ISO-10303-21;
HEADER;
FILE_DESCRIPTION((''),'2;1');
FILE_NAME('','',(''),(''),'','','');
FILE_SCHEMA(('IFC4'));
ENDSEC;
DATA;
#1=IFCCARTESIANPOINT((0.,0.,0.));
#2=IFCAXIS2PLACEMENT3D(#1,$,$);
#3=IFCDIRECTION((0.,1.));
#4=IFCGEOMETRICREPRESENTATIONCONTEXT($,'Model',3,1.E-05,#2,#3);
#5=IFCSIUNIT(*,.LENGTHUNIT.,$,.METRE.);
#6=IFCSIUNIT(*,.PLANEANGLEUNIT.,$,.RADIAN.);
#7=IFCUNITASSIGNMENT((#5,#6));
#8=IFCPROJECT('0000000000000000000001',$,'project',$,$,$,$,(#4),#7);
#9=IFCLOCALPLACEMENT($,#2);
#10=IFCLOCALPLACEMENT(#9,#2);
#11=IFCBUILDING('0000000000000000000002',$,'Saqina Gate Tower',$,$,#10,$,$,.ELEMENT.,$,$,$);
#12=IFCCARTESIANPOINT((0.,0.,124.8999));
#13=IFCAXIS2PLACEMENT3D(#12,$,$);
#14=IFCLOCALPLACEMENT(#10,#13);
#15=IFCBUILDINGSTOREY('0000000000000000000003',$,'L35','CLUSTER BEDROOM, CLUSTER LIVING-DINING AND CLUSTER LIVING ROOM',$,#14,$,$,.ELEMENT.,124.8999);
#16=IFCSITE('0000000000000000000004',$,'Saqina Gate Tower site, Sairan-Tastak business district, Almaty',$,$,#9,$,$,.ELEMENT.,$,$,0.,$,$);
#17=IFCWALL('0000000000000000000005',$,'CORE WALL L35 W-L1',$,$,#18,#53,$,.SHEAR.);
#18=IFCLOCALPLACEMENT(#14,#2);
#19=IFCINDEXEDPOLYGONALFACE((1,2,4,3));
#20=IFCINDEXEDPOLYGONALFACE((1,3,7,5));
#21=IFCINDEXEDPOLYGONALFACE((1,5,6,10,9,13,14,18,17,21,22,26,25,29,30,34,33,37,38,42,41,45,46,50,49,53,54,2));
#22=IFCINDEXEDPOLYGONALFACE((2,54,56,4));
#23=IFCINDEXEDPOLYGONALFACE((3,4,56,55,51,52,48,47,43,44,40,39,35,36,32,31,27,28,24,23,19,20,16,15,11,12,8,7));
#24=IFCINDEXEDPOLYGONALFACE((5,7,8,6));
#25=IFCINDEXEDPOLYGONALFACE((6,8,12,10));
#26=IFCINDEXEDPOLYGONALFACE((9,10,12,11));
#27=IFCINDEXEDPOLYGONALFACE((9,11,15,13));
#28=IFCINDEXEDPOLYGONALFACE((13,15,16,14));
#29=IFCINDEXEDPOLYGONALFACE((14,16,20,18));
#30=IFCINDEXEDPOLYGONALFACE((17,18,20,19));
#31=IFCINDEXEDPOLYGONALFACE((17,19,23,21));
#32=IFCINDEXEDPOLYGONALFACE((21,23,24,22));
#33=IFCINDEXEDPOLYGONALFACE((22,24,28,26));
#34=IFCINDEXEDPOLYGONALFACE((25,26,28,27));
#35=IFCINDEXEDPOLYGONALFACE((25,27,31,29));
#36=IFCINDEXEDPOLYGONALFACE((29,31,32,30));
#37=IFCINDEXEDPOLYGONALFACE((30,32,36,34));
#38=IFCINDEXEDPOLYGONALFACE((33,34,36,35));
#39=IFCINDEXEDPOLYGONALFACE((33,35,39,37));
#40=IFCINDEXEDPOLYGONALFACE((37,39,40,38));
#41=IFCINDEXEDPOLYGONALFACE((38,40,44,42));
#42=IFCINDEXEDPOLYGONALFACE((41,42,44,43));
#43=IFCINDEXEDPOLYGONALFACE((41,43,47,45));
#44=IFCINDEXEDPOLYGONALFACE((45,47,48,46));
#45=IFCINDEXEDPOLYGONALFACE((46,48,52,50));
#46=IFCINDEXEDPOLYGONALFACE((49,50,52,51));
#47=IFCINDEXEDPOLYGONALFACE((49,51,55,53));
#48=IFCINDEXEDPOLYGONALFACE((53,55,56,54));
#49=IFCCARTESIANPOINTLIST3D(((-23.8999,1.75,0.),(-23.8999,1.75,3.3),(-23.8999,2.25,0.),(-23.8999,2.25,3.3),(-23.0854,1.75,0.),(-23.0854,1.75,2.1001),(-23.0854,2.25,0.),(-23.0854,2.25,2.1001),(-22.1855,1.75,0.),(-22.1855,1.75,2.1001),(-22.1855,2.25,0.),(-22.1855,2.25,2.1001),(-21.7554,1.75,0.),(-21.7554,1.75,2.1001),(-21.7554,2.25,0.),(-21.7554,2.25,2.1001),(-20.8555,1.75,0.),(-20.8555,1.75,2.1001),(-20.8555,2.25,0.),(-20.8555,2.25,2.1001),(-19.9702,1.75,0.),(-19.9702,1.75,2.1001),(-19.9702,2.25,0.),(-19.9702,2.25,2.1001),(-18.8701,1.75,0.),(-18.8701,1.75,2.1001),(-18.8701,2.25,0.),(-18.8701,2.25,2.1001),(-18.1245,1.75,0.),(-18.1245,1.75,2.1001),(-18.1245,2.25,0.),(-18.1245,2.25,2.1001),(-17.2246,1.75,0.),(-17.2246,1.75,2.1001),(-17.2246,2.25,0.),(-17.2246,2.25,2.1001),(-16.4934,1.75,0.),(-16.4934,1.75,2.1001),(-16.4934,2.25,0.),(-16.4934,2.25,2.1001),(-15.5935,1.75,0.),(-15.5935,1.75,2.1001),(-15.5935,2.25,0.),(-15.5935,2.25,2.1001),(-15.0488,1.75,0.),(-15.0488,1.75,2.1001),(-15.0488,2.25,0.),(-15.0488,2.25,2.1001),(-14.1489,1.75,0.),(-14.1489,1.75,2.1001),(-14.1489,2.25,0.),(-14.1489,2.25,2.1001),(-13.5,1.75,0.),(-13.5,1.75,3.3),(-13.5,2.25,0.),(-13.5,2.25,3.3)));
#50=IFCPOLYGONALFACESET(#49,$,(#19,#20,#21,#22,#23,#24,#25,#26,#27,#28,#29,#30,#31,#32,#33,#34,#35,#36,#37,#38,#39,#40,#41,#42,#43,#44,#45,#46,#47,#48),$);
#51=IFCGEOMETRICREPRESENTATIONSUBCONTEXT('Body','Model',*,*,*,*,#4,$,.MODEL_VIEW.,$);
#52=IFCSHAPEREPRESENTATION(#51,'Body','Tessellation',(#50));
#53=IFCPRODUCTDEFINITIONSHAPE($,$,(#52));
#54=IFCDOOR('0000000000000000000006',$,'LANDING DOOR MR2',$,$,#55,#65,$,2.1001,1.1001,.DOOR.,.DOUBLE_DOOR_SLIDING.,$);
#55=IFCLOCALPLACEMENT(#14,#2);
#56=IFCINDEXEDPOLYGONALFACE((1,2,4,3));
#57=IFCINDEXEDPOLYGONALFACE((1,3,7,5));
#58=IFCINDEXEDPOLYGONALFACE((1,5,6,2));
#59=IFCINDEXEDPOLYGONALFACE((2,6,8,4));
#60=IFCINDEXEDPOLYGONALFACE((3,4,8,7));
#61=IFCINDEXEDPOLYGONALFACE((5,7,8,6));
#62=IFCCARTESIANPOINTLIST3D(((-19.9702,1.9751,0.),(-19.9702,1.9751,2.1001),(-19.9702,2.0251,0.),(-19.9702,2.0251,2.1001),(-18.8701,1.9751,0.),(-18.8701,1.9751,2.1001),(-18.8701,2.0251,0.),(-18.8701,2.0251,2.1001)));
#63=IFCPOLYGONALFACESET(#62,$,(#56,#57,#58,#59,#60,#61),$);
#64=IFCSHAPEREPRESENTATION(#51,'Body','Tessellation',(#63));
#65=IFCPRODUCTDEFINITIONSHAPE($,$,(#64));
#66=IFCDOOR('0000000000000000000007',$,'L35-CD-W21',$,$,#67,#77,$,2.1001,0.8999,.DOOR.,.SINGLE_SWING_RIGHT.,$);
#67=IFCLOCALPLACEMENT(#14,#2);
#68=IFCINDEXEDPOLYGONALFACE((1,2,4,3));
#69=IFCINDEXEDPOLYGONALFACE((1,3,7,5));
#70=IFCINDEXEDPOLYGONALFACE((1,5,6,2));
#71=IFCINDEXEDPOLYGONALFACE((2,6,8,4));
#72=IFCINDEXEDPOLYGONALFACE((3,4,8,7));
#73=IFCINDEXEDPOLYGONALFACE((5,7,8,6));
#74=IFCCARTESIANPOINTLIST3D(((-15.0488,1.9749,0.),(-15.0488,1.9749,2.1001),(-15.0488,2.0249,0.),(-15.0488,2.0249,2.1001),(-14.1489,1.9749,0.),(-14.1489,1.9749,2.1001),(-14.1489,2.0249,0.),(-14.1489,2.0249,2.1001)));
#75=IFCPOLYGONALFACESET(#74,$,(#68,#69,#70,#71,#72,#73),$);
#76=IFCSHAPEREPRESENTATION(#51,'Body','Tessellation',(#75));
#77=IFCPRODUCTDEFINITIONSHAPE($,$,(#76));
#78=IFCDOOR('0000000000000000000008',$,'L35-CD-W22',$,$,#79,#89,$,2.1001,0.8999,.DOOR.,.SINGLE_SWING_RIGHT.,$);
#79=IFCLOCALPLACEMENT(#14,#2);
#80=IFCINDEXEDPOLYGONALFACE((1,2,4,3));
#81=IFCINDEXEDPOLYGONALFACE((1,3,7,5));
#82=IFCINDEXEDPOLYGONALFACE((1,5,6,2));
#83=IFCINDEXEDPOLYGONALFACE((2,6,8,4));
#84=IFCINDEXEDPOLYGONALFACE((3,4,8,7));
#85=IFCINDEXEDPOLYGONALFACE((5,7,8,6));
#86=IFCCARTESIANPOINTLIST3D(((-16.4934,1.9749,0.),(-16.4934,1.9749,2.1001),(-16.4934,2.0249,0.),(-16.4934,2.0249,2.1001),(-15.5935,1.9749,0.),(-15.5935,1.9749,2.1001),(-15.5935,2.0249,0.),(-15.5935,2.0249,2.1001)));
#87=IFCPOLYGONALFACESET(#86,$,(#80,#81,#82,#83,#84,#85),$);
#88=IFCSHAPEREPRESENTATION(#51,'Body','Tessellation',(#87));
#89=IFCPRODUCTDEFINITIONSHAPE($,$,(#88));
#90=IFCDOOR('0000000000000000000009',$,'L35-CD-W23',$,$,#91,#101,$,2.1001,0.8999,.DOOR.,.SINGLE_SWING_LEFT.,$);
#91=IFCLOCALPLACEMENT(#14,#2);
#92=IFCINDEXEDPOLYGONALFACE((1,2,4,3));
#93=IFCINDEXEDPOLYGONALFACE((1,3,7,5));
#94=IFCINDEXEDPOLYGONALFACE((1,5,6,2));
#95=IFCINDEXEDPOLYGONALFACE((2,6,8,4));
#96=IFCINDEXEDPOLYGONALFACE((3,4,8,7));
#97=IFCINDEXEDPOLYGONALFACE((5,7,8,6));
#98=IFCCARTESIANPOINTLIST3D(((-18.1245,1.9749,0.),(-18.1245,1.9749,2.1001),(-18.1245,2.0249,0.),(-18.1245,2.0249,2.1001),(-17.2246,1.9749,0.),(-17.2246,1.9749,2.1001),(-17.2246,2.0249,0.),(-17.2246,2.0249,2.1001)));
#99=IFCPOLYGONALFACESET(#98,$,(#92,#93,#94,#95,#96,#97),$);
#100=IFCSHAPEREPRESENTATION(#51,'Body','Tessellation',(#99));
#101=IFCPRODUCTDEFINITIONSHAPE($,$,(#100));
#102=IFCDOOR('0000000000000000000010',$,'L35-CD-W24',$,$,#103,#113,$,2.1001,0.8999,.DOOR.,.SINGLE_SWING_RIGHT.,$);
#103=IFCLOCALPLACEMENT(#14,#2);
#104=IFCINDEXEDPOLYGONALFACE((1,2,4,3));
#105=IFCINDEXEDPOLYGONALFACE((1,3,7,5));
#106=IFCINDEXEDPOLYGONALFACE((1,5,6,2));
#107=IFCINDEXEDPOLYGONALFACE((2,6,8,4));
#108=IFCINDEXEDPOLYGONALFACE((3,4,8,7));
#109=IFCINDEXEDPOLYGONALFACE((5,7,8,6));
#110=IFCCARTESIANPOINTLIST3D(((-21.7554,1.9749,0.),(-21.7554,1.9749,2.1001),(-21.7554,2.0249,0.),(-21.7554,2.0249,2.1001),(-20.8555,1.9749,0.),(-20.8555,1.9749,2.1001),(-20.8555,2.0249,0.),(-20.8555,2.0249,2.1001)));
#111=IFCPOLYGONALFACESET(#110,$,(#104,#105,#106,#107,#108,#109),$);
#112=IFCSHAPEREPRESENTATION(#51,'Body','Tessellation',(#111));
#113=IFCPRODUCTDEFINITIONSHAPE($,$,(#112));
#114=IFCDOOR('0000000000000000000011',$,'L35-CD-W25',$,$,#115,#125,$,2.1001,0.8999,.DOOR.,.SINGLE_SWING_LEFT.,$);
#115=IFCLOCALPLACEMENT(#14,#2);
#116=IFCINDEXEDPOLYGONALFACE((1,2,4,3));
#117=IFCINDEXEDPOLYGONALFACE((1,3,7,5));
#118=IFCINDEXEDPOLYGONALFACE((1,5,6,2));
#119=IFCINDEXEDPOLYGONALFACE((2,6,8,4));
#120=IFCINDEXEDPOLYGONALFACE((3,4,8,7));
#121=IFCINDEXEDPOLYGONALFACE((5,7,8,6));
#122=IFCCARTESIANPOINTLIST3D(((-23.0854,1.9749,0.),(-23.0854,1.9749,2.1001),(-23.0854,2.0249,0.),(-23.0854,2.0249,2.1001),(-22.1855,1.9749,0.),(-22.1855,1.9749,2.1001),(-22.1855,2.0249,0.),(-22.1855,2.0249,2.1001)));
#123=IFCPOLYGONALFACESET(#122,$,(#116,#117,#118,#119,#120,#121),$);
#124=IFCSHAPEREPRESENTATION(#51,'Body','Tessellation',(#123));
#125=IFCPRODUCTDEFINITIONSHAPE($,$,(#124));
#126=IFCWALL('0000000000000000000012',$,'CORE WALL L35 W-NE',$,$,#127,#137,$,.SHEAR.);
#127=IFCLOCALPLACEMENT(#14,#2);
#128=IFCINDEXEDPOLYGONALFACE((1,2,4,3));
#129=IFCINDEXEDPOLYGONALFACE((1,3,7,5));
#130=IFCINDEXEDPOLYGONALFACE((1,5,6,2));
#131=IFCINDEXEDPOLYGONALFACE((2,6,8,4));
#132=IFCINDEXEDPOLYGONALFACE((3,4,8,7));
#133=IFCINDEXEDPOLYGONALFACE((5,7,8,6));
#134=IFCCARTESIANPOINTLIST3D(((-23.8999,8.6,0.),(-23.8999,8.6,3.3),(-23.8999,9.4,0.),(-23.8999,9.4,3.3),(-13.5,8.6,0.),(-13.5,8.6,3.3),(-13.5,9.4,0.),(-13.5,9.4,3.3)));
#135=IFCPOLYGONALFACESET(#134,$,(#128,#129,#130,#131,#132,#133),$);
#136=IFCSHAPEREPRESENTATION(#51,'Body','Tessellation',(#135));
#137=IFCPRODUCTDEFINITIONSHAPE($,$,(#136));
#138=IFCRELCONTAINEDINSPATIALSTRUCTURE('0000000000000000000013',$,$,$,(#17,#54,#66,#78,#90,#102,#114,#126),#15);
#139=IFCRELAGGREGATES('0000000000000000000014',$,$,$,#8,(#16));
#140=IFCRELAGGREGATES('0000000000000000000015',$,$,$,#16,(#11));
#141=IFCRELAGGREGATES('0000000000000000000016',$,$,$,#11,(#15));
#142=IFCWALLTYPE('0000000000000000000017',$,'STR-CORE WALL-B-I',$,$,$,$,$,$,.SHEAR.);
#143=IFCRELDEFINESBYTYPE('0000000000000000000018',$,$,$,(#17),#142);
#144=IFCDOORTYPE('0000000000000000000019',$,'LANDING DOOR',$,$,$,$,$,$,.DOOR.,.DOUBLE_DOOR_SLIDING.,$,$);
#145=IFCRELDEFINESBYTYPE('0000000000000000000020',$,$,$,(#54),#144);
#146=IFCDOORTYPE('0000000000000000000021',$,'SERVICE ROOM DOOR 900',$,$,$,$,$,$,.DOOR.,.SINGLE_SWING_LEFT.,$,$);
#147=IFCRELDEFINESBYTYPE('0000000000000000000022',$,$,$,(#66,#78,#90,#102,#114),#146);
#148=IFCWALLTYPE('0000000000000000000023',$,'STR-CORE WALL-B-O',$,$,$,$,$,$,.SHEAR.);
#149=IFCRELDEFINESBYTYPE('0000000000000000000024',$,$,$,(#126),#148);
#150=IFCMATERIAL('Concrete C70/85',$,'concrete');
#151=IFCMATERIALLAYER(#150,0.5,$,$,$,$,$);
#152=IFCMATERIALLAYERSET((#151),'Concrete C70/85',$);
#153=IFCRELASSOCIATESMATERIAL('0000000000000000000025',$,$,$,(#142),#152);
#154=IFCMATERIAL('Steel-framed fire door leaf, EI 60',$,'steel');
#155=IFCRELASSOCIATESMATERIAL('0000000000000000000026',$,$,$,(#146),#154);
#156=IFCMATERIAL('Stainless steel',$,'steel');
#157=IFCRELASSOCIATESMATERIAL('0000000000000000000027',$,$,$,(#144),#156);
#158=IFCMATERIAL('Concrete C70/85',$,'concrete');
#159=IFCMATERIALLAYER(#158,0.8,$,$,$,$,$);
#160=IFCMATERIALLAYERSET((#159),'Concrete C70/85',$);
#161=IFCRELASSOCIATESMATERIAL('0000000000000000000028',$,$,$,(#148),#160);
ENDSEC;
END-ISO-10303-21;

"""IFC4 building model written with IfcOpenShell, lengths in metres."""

from ifc_helpers import new_model, si_unit, direction, frame, frame_2d, origin, place, context, subcontext, project, spatial, rectangle, extrude, material, layer, layer_set, type_object, element, fill, save


model = new_model("IFC4")

# Units and contexts
model_context = context("Model", 3, precision=1e-05, world=origin(), true_north=direction((0.0, 1.0)))
body_context = subcontext(model_context, "Body", "Model", "MODEL_VIEW")
ifc_project = project(units=[si_unit("LENGTHUNIT", "METRE"), si_unit("PLANEANGLEUNIT", "RADIAN")], contexts=[model_context])

# Site, building, storey
site_placement = place(None, origin())
site = spatial("IfcSite", under=ifc_project, at=site_placement, Name="Saqina Gate Tower site, Sairan-Tastak business district, Almaty", CompositionType="ELEMENT", RefElevation=0.0)
building_placement = place(site_placement, origin())
building = spatial("IfcBuilding", under=site, at=building_placement, Name="Saqina Gate Tower", CompositionType="ELEMENT")
storey_placement = place(building_placement, frame((0.0, 0.0, 124.8999)))
storey = spatial("IfcBuildingStorey", under=building, at=storey_placement, Name="L35", Description="CLUSTER BEDROOM, CLUSTER LIVING-DINING AND CLUSTER LIVING ROOM", CompositionType="ELEMENT", Elevation=124.8999)

# Shared definitions
ifc_material_1 = material(Name="Concrete C70/85", Category="concrete")
ifc_layer_1 = layer(ifc_material_1, 0.5)
ifc_layer_set_1 = layer_set([ifc_layer_1], Name="Concrete C70/85")
wall_type_1 = type_object("IfcWallType", Name="STR-CORE WALL-B-I", PredefinedType="SHEAR", material=ifc_layer_set_1)
ifc_material_2 = material(Name="Steel-framed fire door leaf, EI 60", Category="steel")
door_type_1 = type_object("IfcDoorType", Name="SERVICE ROOM DOOR 900", OperationType="SINGLE_SWING_LEFT", PredefinedType="DOOR", material=ifc_material_2)

# Wall, openings, doors
wall_1_placement = place(storey_placement, frame((-13.5, 2.0, 0.0), z_axis=(0.0, 0.0, 1.0), x_axis=(-1.0, 0.0, 0.0)))
wall_1 = element("IfcWall", 1, at=wall_1_placement, inside=storey, type_object=wall_type_1, Name="CORE WALL L35 W-L1", PredefinedType="SHEAR", context=body_context, shape_type="SweptSolid", body=[
    extrude(rectangle(XDim=10.3999, YDim=0.5, at=frame_2d((5.2, 0.0))), origin(), (0.0, 0.0, 1.0), 3.3),
])
opening_1_placement = place(wall_1_placement, frame((5.3701, 0.0, 0.0)))
opening_1 = element("IfcOpeningElement", 2, at=opening_1_placement, cuts=wall_1, PredefinedType="OPENING", context=body_context, shape_type="SweptSolid", body=[
    extrude(rectangle(XDim=1.1001, YDim=2.1001, at=frame_2d((0.55, 1.05))), frame((0.0, 0.262, 0.0), z_axis=(0.0, -1.0, 0.0), x_axis=(1.0, 0.0, 0.0)), (0.0, 0.0, 1.0), 0.5239),
])
opening_2_placement = place(wall_1_placement, frame((0.6489, 0.0, 0.0)))
opening_2 = element("IfcOpeningElement", 3, at=opening_2_placement, cuts=wall_1, PredefinedType="OPENING", context=body_context, shape_type="SweptSolid", body=[
    extrude(rectangle(XDim=0.8999, YDim=2.1001, at=frame_2d((0.45, 1.05))), frame((0.0, 0.262, 0.0), z_axis=(0.0, -1.0, 0.0), x_axis=(1.0, 0.0, 0.0)), (0.0, 0.0, 1.0), 0.5239),
])
opening_3_placement = place(wall_1_placement, frame((2.0935, 0.0, 0.0)))
opening_3 = element("IfcOpeningElement", 4, at=opening_3_placement, cuts=wall_1, PredefinedType="OPENING", context=body_context, shape_type="SweptSolid", body=[
    extrude(rectangle(XDim=0.8999, YDim=2.1001, at=frame_2d((0.45, 1.05))), frame((0.0, 0.262, 0.0), z_axis=(0.0, -1.0, 0.0), x_axis=(1.0, 0.0, 0.0)), (0.0, 0.0, 1.0), 0.5239),
])
opening_4_placement = place(wall_1_placement, frame((3.7246, 0.0, 0.0)))
opening_4 = element("IfcOpeningElement", 5, at=opening_4_placement, cuts=wall_1, PredefinedType="OPENING", context=body_context, shape_type="SweptSolid", body=[
    extrude(rectangle(XDim=0.8999, YDim=2.1001, at=frame_2d((0.45, 1.05))), frame((0.0, 0.262, 0.0), z_axis=(0.0, -1.0, 0.0), x_axis=(1.0, 0.0, 0.0)), (0.0, 0.0, 1.0), 0.5239),
])
opening_5_placement = place(wall_1_placement, frame((7.3555, 0.0, 0.0)))
opening_5 = element("IfcOpeningElement", 6, at=opening_5_placement, cuts=wall_1, PredefinedType="OPENING", context=body_context, shape_type="SweptSolid", body=[
    extrude(rectangle(XDim=0.8999, YDim=2.1001, at=frame_2d((0.45, 1.05))), frame((0.0, 0.262, 0.0), z_axis=(0.0, -1.0, 0.0), x_axis=(1.0, 0.0, 0.0)), (0.0, 0.0, 1.0), 0.5239),
])
opening_6_placement = place(wall_1_placement, frame((8.6855, 0.0, 0.0)))
opening_6 = element("IfcOpeningElement", 7, at=opening_6_placement, cuts=wall_1, PredefinedType="OPENING", context=body_context, shape_type="SweptSolid", body=[
    extrude(rectangle(XDim=0.8999, YDim=2.1001, at=frame_2d((0.45, 1.05))), frame((0.0, 0.262, 0.0), z_axis=(0.0, -1.0, 0.0), x_axis=(1.0, 0.0, 0.0)), (0.0, 0.0, 1.0), 0.5239),
])
ifc_material_3 = material(Name="Stainless steel", Category="steel")
door_type_2 = type_object("IfcDoorType", Name="LANDING DOOR", OperationType="DOUBLE_DOOR_SLIDING", PredefinedType="DOOR", material=ifc_material_3)
door_1_placement = place(opening_1_placement, origin())
door_1 = element("IfcDoor", 8, at=door_1_placement, inside=storey, type_object=door_type_2, Name="LANDING DOOR MR2", OperationType="DOUBLE_DOOR_SLIDING", OverallHeight=2.1001, OverallWidth=1.1001, PredefinedType="DOOR", context=body_context, shape_type="SweptSolid", body=[
    extrude(rectangle(XDim=1.1001, YDim=2.1001, at=frame_2d((0.55, 1.05))), frame((0.0, 0.0249, 0.0), z_axis=(0.0, -1.0, 0.0), x_axis=(1.0, 0.0, 0.0)), (0.0, 0.0, 1.0), 0.05),
])
fill(opening_1, door_1)
door_2_placement = place(opening_2_placement, frame((0.8999, 0.0, 0.0), z_axis=(0.0, 0.0, 1.0), x_axis=(-1.0, 0.0, 0.0)))
door_2 = element("IfcDoor", 9, at=door_2_placement, inside=storey, type_object=door_type_1, Name="L35-CD-W21", OperationType="SINGLE_SWING_RIGHT", OverallHeight=2.1001, OverallWidth=0.8999, PredefinedType="DOOR", context=body_context, shape_type="SweptSolid", body=[
    extrude(rectangle(XDim=0.8999, YDim=2.1001, at=frame_2d((0.45, 1.05))), frame((0.0, 0.0249, 0.0), z_axis=(0.0, -1.0, 0.0), x_axis=(1.0, 0.0, 0.0)), (0.0, 0.0, 1.0), 0.05),
])
fill(opening_2, door_2)
door_3_placement = place(opening_3_placement, frame((0.8999, 0.0, 0.0), z_axis=(0.0, 0.0, 1.0), x_axis=(-1.0, 0.0, 0.0)))
door_3 = element("IfcDoor", 10, at=door_3_placement, inside=storey, type_object=door_type_1, Name="L35-CD-W22", OperationType="SINGLE_SWING_RIGHT", OverallHeight=2.1001, OverallWidth=0.8999, PredefinedType="DOOR", context=body_context, shape_type="SweptSolid", body=[
    extrude(rectangle(XDim=0.8999, YDim=2.1001, at=frame_2d((0.45, 1.05))), frame((0.0, 0.0249, 0.0), z_axis=(0.0, -1.0, 0.0), x_axis=(1.0, 0.0, 0.0)), (0.0, 0.0, 1.0), 0.05),
])
fill(opening_3, door_3)
door_4_placement = place(opening_4_placement, frame((0.8999, 0.0, 0.0), z_axis=(0.0, 0.0, 1.0), x_axis=(-1.0, 0.0, 0.0)))
door_4 = element("IfcDoor", 11, at=door_4_placement, inside=storey, type_object=door_type_1, Name="L35-CD-W23", OperationType="SINGLE_SWING_LEFT", OverallHeight=2.1001, OverallWidth=0.8999, PredefinedType="DOOR", context=body_context, shape_type="SweptSolid", body=[
    extrude(rectangle(XDim=0.8999, YDim=2.1001, at=frame_2d((0.45, 1.05))), frame((0.0, 0.0249, 0.0), z_axis=(0.0, -1.0, 0.0), x_axis=(1.0, 0.0, 0.0)), (0.0, 0.0, 1.0), 0.05),
])
fill(opening_4, door_4)
door_5_placement = place(opening_5_placement, frame((0.8999, 0.0, 0.0), z_axis=(0.0, 0.0, 1.0), x_axis=(-1.0, 0.0, 0.0)))
door_5 = element("IfcDoor", 12, at=door_5_placement, inside=storey, type_object=door_type_1, Name="L35-CD-W24", OperationType="SINGLE_SWING_RIGHT", OverallHeight=2.1001, OverallWidth=0.8999, PredefinedType="DOOR", context=body_context, shape_type="SweptSolid", body=[
    extrude(rectangle(XDim=0.8999, YDim=2.1001, at=frame_2d((0.45, 1.05))), frame((0.0, 0.0249, 0.0), z_axis=(0.0, -1.0, 0.0), x_axis=(1.0, 0.0, 0.0)), (0.0, 0.0, 1.0), 0.05),
])
fill(opening_5, door_5)
door_6_placement = place(opening_6_placement, frame((0.8999, 0.0, 0.0), z_axis=(0.0, 0.0, 1.0), x_axis=(-1.0, 0.0, 0.0)))
door_6 = element("IfcDoor", 13, at=door_6_placement, inside=storey, type_object=door_type_1, Name="L35-CD-W25", OperationType="SINGLE_SWING_LEFT", OverallHeight=2.1001, OverallWidth=0.8999, PredefinedType="DOOR", context=body_context, shape_type="SweptSolid", body=[
    extrude(rectangle(XDim=0.8999, YDim=2.1001, at=frame_2d((0.45, 1.05))), frame((0.0, 0.0249, 0.0), z_axis=(0.0, -1.0, 0.0), x_axis=(1.0, 0.0, 0.0)), (0.0, 0.0, 1.0), 0.05),
])
fill(opening_6, door_6)

# Wall
ifc_material_4 = material(Name="Concrete C70/85", Category="concrete")
ifc_layer_2 = layer(ifc_material_4, 0.8)
ifc_layer_set_2 = layer_set([ifc_layer_2], Name="Concrete C70/85")
wall_type_2 = type_object("IfcWallType", Name="STR-CORE WALL-B-O", PredefinedType="SHEAR", material=ifc_layer_set_2)
wall_2_placement = place(storey_placement, frame((-13.5, 9.0, 0.0), z_axis=(0.0, 0.0, 1.0), x_axis=(-1.0, 0.0, 0.0)))
element("IfcWall", 14, at=wall_2_placement, inside=storey, type_object=wall_type_2, Name="CORE WALL L35 W-NE", PredefinedType="SHEAR", context=body_context, shape_type="SweptSolid", body=[
    extrude(rectangle(XDim=10.3999, YDim=0.8, at=frame_2d((5.2, 0.0))), origin(), (0.0, 0.0, 1.0), 3.3),
])

save(model, "model.ifc")
